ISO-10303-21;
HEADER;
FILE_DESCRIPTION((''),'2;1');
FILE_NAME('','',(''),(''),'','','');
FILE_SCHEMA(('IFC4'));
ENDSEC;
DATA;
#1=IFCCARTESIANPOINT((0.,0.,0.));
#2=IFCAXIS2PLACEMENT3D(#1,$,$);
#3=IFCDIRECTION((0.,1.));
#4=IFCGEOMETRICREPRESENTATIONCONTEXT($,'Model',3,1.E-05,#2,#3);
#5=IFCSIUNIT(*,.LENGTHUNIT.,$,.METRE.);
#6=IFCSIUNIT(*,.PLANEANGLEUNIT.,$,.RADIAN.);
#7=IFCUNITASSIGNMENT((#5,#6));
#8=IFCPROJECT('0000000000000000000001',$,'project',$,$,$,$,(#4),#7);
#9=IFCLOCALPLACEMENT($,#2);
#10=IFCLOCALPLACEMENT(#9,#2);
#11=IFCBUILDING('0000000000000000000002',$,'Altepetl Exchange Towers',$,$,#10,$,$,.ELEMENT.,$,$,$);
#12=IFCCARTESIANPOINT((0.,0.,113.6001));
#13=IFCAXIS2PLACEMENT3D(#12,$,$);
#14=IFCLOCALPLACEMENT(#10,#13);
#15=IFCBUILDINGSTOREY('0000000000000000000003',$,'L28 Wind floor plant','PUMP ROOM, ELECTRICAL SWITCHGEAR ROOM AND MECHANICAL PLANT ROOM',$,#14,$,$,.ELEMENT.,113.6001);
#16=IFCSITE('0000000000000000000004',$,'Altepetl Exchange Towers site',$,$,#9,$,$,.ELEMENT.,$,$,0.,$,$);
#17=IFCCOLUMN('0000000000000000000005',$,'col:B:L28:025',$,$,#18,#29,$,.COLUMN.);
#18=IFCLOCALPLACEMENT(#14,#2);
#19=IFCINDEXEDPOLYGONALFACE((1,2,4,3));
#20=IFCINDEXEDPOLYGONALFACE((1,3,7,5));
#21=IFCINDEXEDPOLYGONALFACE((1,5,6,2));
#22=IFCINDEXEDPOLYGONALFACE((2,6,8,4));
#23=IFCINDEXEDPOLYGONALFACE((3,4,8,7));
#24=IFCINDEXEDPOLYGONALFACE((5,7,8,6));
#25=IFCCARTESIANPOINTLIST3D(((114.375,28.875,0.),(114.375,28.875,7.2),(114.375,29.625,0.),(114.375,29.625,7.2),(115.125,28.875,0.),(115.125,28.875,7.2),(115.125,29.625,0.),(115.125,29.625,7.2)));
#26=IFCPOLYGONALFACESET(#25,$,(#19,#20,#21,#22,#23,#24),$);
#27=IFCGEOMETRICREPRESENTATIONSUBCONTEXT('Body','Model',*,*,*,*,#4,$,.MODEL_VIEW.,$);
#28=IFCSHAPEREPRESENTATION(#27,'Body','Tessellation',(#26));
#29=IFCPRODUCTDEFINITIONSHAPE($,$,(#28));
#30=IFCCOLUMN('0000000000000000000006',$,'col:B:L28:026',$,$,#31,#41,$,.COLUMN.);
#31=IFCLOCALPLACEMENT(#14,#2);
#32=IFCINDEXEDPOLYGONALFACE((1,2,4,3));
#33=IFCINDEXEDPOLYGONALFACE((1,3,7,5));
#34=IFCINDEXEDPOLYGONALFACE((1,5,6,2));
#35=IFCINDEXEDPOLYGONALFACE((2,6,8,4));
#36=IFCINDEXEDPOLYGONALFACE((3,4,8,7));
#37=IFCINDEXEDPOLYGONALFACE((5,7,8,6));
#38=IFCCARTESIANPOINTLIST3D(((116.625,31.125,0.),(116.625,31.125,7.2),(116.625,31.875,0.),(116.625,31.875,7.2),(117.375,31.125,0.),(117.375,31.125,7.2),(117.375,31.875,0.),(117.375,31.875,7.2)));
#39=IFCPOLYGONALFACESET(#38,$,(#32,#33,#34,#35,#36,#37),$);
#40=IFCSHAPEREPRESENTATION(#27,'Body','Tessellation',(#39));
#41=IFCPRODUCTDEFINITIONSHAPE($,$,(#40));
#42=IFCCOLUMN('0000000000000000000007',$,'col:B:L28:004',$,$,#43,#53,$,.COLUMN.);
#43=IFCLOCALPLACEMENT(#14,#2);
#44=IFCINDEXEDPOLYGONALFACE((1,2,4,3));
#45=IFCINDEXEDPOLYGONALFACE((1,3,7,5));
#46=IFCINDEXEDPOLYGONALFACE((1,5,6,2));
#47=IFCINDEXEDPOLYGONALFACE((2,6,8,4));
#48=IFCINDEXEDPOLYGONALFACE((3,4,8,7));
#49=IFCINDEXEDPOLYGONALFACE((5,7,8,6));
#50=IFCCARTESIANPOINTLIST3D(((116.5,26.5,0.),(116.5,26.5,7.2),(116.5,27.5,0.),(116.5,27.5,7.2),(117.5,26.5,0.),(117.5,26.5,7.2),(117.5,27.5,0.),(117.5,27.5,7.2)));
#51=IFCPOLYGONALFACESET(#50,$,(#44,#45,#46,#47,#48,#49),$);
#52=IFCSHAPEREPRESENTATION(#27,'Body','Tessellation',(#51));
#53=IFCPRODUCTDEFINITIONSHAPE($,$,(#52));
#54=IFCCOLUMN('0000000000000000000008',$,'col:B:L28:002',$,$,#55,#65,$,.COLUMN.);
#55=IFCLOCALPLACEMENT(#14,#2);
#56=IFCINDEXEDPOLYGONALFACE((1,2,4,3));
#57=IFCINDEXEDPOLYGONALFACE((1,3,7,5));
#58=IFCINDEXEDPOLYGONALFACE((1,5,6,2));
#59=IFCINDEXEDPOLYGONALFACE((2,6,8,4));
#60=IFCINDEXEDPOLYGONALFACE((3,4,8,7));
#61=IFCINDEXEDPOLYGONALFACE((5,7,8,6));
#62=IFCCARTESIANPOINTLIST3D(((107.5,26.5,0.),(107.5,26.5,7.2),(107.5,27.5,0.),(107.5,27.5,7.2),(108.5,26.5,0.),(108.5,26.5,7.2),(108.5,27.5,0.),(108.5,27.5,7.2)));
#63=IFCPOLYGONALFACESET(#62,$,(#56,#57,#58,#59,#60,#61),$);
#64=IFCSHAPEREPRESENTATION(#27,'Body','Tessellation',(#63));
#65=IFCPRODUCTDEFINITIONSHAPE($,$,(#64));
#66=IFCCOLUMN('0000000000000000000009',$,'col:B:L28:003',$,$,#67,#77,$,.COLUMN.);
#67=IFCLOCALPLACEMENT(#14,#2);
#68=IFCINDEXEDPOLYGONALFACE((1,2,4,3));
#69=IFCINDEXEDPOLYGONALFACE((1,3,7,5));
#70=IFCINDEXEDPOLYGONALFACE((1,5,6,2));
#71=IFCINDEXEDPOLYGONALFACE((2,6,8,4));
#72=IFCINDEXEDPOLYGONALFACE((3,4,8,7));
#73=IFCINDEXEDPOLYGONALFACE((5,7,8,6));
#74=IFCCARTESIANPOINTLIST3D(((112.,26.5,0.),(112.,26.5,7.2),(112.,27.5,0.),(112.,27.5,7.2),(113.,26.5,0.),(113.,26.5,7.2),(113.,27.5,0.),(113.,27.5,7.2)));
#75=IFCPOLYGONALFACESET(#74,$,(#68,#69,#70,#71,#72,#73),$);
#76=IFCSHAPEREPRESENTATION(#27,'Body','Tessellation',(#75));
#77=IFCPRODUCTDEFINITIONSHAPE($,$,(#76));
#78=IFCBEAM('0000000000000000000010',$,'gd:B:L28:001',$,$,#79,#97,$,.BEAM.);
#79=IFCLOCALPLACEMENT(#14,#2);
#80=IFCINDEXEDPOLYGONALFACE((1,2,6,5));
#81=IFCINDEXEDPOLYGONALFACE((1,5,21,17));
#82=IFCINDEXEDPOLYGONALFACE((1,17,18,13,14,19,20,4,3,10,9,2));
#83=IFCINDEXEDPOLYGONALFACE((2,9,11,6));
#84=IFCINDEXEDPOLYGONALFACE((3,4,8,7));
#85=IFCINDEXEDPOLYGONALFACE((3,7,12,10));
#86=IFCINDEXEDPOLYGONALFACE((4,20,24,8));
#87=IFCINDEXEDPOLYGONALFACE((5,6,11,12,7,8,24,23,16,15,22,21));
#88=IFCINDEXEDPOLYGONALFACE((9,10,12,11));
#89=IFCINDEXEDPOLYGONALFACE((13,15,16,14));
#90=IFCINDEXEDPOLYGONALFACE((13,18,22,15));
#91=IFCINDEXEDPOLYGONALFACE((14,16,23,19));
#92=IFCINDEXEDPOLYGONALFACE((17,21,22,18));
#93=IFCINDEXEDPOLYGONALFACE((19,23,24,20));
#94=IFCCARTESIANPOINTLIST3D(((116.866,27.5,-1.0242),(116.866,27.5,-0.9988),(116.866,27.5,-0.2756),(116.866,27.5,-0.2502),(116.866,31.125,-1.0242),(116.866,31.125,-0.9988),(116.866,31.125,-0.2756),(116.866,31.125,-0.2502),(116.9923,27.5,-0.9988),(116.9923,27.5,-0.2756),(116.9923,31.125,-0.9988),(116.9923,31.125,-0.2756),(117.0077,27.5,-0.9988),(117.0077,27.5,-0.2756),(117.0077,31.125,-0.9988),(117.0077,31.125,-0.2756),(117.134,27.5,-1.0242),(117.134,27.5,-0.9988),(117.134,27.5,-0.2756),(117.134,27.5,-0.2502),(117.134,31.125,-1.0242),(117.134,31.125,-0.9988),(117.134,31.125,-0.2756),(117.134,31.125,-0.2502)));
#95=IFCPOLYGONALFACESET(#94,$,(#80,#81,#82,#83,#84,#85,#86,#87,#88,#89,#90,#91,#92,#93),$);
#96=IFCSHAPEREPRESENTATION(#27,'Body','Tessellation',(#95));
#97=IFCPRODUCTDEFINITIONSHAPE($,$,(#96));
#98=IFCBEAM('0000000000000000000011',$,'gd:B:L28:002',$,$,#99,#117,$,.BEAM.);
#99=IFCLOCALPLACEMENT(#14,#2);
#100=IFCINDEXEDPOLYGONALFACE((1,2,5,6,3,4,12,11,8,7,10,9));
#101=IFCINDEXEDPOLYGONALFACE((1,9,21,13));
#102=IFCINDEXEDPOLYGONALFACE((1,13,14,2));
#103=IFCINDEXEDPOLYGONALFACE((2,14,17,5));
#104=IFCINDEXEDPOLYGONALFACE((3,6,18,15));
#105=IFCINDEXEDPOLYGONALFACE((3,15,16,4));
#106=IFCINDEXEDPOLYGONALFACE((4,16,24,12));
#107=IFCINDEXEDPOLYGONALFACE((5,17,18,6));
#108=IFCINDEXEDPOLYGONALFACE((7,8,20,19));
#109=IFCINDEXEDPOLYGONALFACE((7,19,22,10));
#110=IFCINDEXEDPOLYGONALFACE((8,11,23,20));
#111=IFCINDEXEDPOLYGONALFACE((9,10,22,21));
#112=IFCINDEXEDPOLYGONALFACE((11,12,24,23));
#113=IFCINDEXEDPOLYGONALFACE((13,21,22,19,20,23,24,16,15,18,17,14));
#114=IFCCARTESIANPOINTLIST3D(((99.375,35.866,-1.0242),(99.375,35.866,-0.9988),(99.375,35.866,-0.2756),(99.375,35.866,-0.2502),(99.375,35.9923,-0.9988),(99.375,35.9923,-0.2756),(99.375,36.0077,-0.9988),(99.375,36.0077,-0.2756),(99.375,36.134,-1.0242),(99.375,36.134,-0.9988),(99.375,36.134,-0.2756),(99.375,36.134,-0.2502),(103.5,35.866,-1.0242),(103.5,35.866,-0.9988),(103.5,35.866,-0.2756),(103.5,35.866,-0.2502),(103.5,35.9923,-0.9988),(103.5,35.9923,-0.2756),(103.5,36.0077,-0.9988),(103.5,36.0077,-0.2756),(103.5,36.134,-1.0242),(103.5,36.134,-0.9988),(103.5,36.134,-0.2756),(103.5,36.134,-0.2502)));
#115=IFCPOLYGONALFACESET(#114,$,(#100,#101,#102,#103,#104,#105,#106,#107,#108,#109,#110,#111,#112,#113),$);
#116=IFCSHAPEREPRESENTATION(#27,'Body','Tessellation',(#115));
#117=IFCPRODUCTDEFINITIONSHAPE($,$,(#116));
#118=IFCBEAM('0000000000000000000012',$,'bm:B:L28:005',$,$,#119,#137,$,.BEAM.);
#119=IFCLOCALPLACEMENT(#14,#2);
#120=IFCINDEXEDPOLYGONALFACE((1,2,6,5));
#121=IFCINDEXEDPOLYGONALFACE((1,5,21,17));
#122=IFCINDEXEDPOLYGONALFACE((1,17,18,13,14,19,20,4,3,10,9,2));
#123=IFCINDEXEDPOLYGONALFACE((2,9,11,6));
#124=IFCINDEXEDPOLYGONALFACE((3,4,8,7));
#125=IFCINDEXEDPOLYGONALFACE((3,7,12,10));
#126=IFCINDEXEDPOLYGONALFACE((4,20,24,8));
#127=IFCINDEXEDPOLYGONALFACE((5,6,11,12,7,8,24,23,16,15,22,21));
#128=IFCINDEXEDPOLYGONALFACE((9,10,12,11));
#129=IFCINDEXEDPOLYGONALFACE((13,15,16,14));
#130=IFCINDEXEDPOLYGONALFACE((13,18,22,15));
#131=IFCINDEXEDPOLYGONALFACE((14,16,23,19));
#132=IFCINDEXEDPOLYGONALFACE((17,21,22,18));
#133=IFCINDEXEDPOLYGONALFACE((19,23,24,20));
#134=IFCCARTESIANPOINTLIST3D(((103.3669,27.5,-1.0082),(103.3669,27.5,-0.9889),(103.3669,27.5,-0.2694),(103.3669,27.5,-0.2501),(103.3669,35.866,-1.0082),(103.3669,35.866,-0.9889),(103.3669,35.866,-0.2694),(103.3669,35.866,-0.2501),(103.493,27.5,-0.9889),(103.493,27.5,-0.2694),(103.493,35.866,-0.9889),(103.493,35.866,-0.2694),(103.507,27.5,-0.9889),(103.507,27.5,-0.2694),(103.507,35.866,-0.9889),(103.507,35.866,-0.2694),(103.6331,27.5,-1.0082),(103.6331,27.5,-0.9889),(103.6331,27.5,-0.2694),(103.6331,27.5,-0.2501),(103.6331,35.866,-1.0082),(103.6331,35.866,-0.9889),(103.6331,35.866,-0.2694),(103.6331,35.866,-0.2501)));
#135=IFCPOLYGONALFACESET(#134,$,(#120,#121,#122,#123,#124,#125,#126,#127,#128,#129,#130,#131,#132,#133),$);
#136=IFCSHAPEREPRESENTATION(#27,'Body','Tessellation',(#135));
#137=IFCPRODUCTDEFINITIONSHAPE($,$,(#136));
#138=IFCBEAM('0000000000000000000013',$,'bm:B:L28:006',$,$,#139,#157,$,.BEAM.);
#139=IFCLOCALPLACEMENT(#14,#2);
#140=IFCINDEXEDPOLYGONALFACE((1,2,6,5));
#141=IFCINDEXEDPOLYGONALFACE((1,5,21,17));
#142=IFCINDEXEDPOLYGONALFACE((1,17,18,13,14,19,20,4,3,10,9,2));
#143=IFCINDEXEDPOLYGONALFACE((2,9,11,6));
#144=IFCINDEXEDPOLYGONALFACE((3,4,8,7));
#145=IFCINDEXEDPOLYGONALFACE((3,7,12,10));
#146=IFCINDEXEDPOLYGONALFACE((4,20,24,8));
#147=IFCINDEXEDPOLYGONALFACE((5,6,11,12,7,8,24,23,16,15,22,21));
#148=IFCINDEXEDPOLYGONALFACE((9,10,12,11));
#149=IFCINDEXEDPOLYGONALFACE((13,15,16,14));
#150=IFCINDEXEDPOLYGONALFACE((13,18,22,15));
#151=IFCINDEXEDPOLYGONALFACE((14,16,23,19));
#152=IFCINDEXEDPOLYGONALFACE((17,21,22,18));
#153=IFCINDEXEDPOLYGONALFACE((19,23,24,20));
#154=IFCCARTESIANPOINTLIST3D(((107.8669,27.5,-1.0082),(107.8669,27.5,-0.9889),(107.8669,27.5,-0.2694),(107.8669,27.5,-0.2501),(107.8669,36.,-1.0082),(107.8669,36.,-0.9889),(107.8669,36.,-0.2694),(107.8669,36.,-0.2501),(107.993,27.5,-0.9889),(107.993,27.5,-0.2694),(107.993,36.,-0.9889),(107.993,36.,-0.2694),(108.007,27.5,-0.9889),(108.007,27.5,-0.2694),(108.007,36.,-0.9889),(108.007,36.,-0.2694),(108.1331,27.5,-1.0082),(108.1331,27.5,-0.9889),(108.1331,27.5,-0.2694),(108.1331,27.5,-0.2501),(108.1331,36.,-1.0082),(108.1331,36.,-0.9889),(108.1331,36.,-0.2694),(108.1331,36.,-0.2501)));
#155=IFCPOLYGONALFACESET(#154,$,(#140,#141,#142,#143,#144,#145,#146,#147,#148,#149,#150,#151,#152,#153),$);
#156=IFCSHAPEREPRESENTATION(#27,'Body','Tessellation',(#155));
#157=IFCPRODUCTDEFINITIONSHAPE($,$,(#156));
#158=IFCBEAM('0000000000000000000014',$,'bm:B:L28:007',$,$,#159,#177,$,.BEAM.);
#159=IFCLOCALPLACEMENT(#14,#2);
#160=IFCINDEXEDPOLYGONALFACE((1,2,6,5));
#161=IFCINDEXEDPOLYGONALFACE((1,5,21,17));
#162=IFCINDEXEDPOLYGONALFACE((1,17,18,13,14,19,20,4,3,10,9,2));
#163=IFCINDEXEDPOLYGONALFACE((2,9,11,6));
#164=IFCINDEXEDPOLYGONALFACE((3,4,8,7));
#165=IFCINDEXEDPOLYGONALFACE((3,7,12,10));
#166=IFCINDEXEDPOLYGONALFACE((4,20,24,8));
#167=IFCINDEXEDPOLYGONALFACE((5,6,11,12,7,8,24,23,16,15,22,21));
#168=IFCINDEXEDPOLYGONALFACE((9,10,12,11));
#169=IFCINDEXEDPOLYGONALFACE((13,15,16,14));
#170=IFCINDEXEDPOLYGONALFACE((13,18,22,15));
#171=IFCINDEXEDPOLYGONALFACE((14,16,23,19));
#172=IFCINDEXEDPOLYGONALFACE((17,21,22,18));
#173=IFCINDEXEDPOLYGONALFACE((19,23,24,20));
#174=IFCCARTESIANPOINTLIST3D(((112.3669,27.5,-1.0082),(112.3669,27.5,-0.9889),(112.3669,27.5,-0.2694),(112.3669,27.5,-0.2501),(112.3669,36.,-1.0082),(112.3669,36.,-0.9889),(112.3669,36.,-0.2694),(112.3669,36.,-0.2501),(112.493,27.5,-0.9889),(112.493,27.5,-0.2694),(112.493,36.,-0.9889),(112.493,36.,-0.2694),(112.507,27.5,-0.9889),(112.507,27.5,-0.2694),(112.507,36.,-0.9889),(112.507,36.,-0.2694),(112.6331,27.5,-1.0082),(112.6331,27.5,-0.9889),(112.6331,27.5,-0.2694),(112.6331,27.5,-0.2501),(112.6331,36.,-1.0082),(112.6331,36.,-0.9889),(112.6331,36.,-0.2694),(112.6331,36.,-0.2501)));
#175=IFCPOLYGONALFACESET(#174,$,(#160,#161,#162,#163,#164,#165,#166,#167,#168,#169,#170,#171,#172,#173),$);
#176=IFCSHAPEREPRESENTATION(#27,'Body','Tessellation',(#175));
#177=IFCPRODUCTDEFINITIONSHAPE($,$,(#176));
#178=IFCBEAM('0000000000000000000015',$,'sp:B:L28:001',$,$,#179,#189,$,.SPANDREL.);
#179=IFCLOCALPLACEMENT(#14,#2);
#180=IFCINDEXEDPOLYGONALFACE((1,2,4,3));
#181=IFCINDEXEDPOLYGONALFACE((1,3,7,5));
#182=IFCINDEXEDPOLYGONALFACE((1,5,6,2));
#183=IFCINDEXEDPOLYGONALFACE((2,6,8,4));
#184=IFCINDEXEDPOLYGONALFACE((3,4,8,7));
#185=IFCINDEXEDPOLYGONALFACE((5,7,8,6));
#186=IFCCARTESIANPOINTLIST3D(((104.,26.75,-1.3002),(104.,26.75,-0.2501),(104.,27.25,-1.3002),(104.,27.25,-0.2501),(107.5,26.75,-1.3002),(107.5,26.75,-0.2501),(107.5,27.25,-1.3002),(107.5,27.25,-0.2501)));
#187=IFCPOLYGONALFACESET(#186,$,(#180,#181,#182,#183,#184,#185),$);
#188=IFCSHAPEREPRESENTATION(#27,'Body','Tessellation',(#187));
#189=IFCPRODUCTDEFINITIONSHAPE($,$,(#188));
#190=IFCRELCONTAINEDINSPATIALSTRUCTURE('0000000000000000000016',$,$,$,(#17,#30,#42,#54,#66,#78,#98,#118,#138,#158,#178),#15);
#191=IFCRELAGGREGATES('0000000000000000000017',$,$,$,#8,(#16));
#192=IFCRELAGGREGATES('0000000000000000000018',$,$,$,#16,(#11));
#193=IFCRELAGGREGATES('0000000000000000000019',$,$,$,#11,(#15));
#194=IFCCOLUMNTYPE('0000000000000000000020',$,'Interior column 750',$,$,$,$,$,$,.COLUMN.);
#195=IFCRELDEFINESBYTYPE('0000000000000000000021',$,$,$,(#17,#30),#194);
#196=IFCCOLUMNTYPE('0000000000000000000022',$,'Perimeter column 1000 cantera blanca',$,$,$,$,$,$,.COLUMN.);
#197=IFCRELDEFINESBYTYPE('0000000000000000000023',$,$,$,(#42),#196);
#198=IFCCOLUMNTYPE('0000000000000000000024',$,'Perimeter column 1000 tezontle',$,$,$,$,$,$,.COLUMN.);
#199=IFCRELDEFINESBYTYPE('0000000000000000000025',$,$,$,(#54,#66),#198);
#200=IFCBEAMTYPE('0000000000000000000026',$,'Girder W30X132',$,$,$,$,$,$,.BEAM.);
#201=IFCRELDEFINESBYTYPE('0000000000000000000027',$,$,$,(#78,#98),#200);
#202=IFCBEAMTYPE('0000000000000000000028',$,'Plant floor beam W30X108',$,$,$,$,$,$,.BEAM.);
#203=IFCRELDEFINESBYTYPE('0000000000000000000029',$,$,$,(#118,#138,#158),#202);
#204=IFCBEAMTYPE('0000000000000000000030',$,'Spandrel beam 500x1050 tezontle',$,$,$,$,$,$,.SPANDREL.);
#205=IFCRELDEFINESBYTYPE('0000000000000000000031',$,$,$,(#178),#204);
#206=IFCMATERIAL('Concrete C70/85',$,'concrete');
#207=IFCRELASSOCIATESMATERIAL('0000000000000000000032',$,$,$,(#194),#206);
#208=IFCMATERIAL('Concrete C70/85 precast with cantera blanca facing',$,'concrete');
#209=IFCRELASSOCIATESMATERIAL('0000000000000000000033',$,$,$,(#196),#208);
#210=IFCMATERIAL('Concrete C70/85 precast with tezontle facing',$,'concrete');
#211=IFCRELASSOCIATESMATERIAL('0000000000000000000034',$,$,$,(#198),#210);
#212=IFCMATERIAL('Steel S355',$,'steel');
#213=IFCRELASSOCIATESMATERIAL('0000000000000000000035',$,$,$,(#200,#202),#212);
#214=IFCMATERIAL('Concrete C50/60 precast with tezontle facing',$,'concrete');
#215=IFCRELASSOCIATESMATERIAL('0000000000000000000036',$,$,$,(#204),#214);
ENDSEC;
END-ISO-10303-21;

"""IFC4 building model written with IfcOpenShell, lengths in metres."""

from ifc_helpers import new_model, si_unit, direction, frame, origin, origin_2d, place, context, subcontext, project, spatial, rectangle, i_section, extrude, material, material_profile, profile_set, type_object, element, save


model = new_model("IFC4")

# Units and contexts
model_context = context("Model", 3, precision=1e-05, world=origin(), true_north=direction((0.0, 1.0)))
body_context = subcontext(model_context, "Body", "Model", "MODEL_VIEW")
ifc_project = project(units=[si_unit("LENGTHUNIT", "METRE"), si_unit("PLANEANGLEUNIT", "RADIAN")], contexts=[model_context])

# Site, building, storey
site_placement = place(None, origin())
site = spatial("IfcSite", under=ifc_project, at=site_placement, Name="Altepetl Exchange Towers site", CompositionType="ELEMENT", RefElevation=0.0)
building_placement = place(site_placement, origin())
building = spatial("IfcBuilding", under=site, at=building_placement, Name="Altepetl Exchange Towers", CompositionType="ELEMENT")
storey_placement = place(building_placement, frame((0.0, 0.0, 113.6001)))
storey = spatial("IfcBuildingStorey", under=building, at=storey_placement, Name="L28 Wind floor plant", Description="PUMP ROOM, ELECTRICAL SWITCHGEAR ROOM AND MECHANICAL PLANT ROOM", CompositionType="ELEMENT", Elevation=113.6001)

# Columns
ifc_material_1 = material(Name="Concrete C70/85", Category="concrete")
ifc_material_profile_1 = material_profile(ifc_material_1, rectangle(XDim=0.75, YDim=0.75, at=origin_2d()), Name="750 x 750")
ifc_profile_set_1 = profile_set([ifc_material_profile_1], Name="Concrete C70/85")
column_type_1 = type_object("IfcColumnType", Name="Interior column 750", PredefinedType="COLUMN", material=ifc_profile_set_1)
for number, where, name in (
    (1, (114.75, 29.25, 0.0), "col:B:L28:025"),
    (2, (117.0, 31.5, 0.0), "col:B:L28:026"),
):
    element("IfcColumn", number, at=place(storey_placement, frame(where)), inside=storey, type_object=column_type_1, Name=name, PredefinedType="COLUMN", context=body_context, shape_type="SweptSolid", body=[
        extrude(rectangle(XDim=0.75, YDim=0.75, at=origin_2d()), origin(), (0.0, 0.0, 1.0), 7.2),
    ])
ifc_material_2 = material(Name="Concrete C70/85 precast with cantera blanca facing", Category="concrete")
ifc_material_profile_2 = material_profile(ifc_material_2, rectangle(XDim=1.0, YDim=1.0, at=origin_2d()), Name="1000 x 1000")
ifc_profile_set_2 = profile_set([ifc_material_profile_2], Name="Concrete C70/85 precast with cantera blanca facing")
column_type_2 = type_object("IfcColumnType", Name="Perimeter column 1000 cantera blanca", PredefinedType="COLUMN", material=ifc_profile_set_2)
column_placement = place(storey_placement, frame((117.0, 27.0, 0.0)))
element("IfcColumn", 3, at=column_placement, inside=storey, type_object=column_type_2, Name="col:B:L28:004", PredefinedType="COLUMN", context=body_context, shape_type="SweptSolid", body=[
    extrude(rectangle(XDim=1.0, YDim=1.0, at=origin_2d()), origin(), (0.0, 0.0, 1.0), 7.2),
])
ifc_material_3 = material(Name="Concrete C70/85 precast with tezontle facing", Category="concrete")
ifc_material_profile_3 = material_profile(ifc_material_3, rectangle(XDim=1.0, YDim=1.0, at=origin_2d()), Name="1000 x 1000")
ifc_profile_set_3 = profile_set([ifc_material_profile_3], Name="Concrete C70/85 precast with tezontle facing")
column_type_3 = type_object("IfcColumnType", Name="Perimeter column 1000 tezontle", PredefinedType="COLUMN", material=ifc_profile_set_3)
for number, where, name in (
    (4, (108.0, 27.0, 0.0), "col:B:L28:002"),
    (5, (112.5, 27.0, 0.0), "col:B:L28:003"),
):
    element("IfcColumn", number, at=place(storey_placement, frame(where)), inside=storey, type_object=column_type_3, Name=name, PredefinedType="COLUMN", context=body_context, shape_type="SweptSolid", body=[
        extrude(rectangle(XDim=1.0, YDim=1.0, at=origin_2d()), origin(), (0.0, 0.0, 1.0), 7.2),
    ])

# Beams
ifc_material_4 = material(Name="Steel S355", Category="steel")
ifc_material_profile_4 = material_profile(ifc_material_4, i_section(OverallWidth=0.2681, OverallDepth=0.7739, WebThickness=0.0154, FlangeThickness=0.0254, at=origin_2d()), Name="W30X132")
ifc_profile_set_4 = profile_set([ifc_material_profile_4], Name="Steel S355")
beam_type_1 = type_object("IfcBeamType", Name="Girder W30X132", PredefinedType="BEAM", material=ifc_profile_set_4)
beam_1_placement = place(storey_placement, frame((117.0, 31.125, -0.6372), z_axis=(0.0, -1.0, 0.0), x_axis=(1.0, 0.0, 0.0)))
element("IfcBeam", 6, at=beam_1_placement, inside=storey, type_object=beam_type_1, Name="gd:B:L28:001", PredefinedType="BEAM", context=body_context, shape_type="SweptSolid", body=[
    extrude(i_section(OverallWidth=0.2681, OverallDepth=0.7739, WebThickness=0.0154, FlangeThickness=0.0254, at=origin_2d()), origin(), (0.0, 0.0, 1.0), 3.625),
])
beam_2_placement = place(storey_placement, frame((103.5, 36.0, -0.6372), z_axis=(-1.0, 0.0, 0.0), x_axis=(0.0, -1.0, 0.0)))
element("IfcBeam", 7, at=beam_2_placement, inside=storey, type_object=beam_type_1, Name="gd:B:L28:002", PredefinedType="BEAM", context=body_context, shape_type="SweptSolid", body=[
    extrude(i_section(OverallWidth=0.2681, OverallDepth=0.7739, WebThickness=0.0154, FlangeThickness=0.0254, at=origin_2d()), origin(), (0.0, 0.0, 1.0), 4.125),
])
ifc_material_profile_5 = material_profile(ifc_material_4, i_section(OverallWidth=0.2661, OverallDepth=0.7581, WebThickness=0.0139, FlangeThickness=0.0193, at=origin_2d()), Name="W30X108")
ifc_profile_set_5 = profile_set([ifc_material_profile_5], Name="Steel S355")
beam_type_2 = type_object("IfcBeamType", Name="Plant floor beam W30X108", PredefinedType="BEAM", material=ifc_profile_set_5)
beam_3_placement = place(storey_placement, frame((103.5, 27.5, -0.6292), z_axis=(0.0, 1.0, 0.0), x_axis=(-1.0, 0.0, 0.0)))
element("IfcBeam", 8, at=beam_3_placement, inside=storey, type_object=beam_type_2, Name="bm:B:L28:005", PredefinedType="BEAM", context=body_context, shape_type="SweptSolid", body=[
    extrude(i_section(OverallWidth=0.2661, OverallDepth=0.7581, WebThickness=0.0139, FlangeThickness=0.0193, at=origin_2d()), origin(), (0.0, 0.0, 1.0), 8.366),
])
for number, where, z_axis, x_axis, name in (
    (9, (108.0, 27.5, -0.6292), (0.0, 1.0, 0.0), (-1.0, 0.0, 0.0), "bm:B:L28:006"),
    (10, (112.5, 27.5, -0.6292), (0.0, 1.0, 0.0), (-1.0, 0.0, 0.0), "bm:B:L28:007"),
):
    element("IfcBeam", number, at=place(storey_placement, frame(where, z_axis=z_axis, x_axis=x_axis)), inside=storey, type_object=beam_type_2, Name=name, PredefinedType="BEAM", context=body_context, shape_type="SweptSolid", body=[
        extrude(i_section(OverallWidth=0.2661, OverallDepth=0.7581, WebThickness=0.0139, FlangeThickness=0.0193, at=origin_2d()), origin(), (0.0, 0.0, 1.0), 8.5),
    ])
ifc_material_5 = material(Name="Concrete C50/60 precast with tezontle facing", Category="concrete")
ifc_material_profile_6 = material_profile(ifc_material_5, rectangle(XDim=0.5, YDim=1.05, at=origin_2d()), Name="500 x 1050")
ifc_profile_set_6 = profile_set([ifc_material_profile_6], Name="Concrete C50/60 precast with tezontle facing")
beam_type_3 = type_object("IfcBeamType", Name="Spandrel beam 500x1050 tezontle", PredefinedType="SPANDREL", material=ifc_profile_set_6)
for number, where, z_axis, x_axis, name in (
    (11, (104.0, 27.0, -0.7751), (1.0, 0.0, 0.0), (0.0, 1.0, 0.0), "sp:B:L28:001"),
):
    element("IfcBeam", number, at=place(storey_placement, frame(where, z_axis=z_axis, x_axis=x_axis)), inside=storey, type_object=beam_type_3, Name=name, PredefinedType="SPANDREL", context=body_context, shape_type="SweptSolid", body=[
        extrude(rectangle(XDim=0.5, YDim=1.05, at=origin_2d()), origin(), (0.0, 0.0, 1.0), 3.5),
    ])

save(model, "model.ifc")
